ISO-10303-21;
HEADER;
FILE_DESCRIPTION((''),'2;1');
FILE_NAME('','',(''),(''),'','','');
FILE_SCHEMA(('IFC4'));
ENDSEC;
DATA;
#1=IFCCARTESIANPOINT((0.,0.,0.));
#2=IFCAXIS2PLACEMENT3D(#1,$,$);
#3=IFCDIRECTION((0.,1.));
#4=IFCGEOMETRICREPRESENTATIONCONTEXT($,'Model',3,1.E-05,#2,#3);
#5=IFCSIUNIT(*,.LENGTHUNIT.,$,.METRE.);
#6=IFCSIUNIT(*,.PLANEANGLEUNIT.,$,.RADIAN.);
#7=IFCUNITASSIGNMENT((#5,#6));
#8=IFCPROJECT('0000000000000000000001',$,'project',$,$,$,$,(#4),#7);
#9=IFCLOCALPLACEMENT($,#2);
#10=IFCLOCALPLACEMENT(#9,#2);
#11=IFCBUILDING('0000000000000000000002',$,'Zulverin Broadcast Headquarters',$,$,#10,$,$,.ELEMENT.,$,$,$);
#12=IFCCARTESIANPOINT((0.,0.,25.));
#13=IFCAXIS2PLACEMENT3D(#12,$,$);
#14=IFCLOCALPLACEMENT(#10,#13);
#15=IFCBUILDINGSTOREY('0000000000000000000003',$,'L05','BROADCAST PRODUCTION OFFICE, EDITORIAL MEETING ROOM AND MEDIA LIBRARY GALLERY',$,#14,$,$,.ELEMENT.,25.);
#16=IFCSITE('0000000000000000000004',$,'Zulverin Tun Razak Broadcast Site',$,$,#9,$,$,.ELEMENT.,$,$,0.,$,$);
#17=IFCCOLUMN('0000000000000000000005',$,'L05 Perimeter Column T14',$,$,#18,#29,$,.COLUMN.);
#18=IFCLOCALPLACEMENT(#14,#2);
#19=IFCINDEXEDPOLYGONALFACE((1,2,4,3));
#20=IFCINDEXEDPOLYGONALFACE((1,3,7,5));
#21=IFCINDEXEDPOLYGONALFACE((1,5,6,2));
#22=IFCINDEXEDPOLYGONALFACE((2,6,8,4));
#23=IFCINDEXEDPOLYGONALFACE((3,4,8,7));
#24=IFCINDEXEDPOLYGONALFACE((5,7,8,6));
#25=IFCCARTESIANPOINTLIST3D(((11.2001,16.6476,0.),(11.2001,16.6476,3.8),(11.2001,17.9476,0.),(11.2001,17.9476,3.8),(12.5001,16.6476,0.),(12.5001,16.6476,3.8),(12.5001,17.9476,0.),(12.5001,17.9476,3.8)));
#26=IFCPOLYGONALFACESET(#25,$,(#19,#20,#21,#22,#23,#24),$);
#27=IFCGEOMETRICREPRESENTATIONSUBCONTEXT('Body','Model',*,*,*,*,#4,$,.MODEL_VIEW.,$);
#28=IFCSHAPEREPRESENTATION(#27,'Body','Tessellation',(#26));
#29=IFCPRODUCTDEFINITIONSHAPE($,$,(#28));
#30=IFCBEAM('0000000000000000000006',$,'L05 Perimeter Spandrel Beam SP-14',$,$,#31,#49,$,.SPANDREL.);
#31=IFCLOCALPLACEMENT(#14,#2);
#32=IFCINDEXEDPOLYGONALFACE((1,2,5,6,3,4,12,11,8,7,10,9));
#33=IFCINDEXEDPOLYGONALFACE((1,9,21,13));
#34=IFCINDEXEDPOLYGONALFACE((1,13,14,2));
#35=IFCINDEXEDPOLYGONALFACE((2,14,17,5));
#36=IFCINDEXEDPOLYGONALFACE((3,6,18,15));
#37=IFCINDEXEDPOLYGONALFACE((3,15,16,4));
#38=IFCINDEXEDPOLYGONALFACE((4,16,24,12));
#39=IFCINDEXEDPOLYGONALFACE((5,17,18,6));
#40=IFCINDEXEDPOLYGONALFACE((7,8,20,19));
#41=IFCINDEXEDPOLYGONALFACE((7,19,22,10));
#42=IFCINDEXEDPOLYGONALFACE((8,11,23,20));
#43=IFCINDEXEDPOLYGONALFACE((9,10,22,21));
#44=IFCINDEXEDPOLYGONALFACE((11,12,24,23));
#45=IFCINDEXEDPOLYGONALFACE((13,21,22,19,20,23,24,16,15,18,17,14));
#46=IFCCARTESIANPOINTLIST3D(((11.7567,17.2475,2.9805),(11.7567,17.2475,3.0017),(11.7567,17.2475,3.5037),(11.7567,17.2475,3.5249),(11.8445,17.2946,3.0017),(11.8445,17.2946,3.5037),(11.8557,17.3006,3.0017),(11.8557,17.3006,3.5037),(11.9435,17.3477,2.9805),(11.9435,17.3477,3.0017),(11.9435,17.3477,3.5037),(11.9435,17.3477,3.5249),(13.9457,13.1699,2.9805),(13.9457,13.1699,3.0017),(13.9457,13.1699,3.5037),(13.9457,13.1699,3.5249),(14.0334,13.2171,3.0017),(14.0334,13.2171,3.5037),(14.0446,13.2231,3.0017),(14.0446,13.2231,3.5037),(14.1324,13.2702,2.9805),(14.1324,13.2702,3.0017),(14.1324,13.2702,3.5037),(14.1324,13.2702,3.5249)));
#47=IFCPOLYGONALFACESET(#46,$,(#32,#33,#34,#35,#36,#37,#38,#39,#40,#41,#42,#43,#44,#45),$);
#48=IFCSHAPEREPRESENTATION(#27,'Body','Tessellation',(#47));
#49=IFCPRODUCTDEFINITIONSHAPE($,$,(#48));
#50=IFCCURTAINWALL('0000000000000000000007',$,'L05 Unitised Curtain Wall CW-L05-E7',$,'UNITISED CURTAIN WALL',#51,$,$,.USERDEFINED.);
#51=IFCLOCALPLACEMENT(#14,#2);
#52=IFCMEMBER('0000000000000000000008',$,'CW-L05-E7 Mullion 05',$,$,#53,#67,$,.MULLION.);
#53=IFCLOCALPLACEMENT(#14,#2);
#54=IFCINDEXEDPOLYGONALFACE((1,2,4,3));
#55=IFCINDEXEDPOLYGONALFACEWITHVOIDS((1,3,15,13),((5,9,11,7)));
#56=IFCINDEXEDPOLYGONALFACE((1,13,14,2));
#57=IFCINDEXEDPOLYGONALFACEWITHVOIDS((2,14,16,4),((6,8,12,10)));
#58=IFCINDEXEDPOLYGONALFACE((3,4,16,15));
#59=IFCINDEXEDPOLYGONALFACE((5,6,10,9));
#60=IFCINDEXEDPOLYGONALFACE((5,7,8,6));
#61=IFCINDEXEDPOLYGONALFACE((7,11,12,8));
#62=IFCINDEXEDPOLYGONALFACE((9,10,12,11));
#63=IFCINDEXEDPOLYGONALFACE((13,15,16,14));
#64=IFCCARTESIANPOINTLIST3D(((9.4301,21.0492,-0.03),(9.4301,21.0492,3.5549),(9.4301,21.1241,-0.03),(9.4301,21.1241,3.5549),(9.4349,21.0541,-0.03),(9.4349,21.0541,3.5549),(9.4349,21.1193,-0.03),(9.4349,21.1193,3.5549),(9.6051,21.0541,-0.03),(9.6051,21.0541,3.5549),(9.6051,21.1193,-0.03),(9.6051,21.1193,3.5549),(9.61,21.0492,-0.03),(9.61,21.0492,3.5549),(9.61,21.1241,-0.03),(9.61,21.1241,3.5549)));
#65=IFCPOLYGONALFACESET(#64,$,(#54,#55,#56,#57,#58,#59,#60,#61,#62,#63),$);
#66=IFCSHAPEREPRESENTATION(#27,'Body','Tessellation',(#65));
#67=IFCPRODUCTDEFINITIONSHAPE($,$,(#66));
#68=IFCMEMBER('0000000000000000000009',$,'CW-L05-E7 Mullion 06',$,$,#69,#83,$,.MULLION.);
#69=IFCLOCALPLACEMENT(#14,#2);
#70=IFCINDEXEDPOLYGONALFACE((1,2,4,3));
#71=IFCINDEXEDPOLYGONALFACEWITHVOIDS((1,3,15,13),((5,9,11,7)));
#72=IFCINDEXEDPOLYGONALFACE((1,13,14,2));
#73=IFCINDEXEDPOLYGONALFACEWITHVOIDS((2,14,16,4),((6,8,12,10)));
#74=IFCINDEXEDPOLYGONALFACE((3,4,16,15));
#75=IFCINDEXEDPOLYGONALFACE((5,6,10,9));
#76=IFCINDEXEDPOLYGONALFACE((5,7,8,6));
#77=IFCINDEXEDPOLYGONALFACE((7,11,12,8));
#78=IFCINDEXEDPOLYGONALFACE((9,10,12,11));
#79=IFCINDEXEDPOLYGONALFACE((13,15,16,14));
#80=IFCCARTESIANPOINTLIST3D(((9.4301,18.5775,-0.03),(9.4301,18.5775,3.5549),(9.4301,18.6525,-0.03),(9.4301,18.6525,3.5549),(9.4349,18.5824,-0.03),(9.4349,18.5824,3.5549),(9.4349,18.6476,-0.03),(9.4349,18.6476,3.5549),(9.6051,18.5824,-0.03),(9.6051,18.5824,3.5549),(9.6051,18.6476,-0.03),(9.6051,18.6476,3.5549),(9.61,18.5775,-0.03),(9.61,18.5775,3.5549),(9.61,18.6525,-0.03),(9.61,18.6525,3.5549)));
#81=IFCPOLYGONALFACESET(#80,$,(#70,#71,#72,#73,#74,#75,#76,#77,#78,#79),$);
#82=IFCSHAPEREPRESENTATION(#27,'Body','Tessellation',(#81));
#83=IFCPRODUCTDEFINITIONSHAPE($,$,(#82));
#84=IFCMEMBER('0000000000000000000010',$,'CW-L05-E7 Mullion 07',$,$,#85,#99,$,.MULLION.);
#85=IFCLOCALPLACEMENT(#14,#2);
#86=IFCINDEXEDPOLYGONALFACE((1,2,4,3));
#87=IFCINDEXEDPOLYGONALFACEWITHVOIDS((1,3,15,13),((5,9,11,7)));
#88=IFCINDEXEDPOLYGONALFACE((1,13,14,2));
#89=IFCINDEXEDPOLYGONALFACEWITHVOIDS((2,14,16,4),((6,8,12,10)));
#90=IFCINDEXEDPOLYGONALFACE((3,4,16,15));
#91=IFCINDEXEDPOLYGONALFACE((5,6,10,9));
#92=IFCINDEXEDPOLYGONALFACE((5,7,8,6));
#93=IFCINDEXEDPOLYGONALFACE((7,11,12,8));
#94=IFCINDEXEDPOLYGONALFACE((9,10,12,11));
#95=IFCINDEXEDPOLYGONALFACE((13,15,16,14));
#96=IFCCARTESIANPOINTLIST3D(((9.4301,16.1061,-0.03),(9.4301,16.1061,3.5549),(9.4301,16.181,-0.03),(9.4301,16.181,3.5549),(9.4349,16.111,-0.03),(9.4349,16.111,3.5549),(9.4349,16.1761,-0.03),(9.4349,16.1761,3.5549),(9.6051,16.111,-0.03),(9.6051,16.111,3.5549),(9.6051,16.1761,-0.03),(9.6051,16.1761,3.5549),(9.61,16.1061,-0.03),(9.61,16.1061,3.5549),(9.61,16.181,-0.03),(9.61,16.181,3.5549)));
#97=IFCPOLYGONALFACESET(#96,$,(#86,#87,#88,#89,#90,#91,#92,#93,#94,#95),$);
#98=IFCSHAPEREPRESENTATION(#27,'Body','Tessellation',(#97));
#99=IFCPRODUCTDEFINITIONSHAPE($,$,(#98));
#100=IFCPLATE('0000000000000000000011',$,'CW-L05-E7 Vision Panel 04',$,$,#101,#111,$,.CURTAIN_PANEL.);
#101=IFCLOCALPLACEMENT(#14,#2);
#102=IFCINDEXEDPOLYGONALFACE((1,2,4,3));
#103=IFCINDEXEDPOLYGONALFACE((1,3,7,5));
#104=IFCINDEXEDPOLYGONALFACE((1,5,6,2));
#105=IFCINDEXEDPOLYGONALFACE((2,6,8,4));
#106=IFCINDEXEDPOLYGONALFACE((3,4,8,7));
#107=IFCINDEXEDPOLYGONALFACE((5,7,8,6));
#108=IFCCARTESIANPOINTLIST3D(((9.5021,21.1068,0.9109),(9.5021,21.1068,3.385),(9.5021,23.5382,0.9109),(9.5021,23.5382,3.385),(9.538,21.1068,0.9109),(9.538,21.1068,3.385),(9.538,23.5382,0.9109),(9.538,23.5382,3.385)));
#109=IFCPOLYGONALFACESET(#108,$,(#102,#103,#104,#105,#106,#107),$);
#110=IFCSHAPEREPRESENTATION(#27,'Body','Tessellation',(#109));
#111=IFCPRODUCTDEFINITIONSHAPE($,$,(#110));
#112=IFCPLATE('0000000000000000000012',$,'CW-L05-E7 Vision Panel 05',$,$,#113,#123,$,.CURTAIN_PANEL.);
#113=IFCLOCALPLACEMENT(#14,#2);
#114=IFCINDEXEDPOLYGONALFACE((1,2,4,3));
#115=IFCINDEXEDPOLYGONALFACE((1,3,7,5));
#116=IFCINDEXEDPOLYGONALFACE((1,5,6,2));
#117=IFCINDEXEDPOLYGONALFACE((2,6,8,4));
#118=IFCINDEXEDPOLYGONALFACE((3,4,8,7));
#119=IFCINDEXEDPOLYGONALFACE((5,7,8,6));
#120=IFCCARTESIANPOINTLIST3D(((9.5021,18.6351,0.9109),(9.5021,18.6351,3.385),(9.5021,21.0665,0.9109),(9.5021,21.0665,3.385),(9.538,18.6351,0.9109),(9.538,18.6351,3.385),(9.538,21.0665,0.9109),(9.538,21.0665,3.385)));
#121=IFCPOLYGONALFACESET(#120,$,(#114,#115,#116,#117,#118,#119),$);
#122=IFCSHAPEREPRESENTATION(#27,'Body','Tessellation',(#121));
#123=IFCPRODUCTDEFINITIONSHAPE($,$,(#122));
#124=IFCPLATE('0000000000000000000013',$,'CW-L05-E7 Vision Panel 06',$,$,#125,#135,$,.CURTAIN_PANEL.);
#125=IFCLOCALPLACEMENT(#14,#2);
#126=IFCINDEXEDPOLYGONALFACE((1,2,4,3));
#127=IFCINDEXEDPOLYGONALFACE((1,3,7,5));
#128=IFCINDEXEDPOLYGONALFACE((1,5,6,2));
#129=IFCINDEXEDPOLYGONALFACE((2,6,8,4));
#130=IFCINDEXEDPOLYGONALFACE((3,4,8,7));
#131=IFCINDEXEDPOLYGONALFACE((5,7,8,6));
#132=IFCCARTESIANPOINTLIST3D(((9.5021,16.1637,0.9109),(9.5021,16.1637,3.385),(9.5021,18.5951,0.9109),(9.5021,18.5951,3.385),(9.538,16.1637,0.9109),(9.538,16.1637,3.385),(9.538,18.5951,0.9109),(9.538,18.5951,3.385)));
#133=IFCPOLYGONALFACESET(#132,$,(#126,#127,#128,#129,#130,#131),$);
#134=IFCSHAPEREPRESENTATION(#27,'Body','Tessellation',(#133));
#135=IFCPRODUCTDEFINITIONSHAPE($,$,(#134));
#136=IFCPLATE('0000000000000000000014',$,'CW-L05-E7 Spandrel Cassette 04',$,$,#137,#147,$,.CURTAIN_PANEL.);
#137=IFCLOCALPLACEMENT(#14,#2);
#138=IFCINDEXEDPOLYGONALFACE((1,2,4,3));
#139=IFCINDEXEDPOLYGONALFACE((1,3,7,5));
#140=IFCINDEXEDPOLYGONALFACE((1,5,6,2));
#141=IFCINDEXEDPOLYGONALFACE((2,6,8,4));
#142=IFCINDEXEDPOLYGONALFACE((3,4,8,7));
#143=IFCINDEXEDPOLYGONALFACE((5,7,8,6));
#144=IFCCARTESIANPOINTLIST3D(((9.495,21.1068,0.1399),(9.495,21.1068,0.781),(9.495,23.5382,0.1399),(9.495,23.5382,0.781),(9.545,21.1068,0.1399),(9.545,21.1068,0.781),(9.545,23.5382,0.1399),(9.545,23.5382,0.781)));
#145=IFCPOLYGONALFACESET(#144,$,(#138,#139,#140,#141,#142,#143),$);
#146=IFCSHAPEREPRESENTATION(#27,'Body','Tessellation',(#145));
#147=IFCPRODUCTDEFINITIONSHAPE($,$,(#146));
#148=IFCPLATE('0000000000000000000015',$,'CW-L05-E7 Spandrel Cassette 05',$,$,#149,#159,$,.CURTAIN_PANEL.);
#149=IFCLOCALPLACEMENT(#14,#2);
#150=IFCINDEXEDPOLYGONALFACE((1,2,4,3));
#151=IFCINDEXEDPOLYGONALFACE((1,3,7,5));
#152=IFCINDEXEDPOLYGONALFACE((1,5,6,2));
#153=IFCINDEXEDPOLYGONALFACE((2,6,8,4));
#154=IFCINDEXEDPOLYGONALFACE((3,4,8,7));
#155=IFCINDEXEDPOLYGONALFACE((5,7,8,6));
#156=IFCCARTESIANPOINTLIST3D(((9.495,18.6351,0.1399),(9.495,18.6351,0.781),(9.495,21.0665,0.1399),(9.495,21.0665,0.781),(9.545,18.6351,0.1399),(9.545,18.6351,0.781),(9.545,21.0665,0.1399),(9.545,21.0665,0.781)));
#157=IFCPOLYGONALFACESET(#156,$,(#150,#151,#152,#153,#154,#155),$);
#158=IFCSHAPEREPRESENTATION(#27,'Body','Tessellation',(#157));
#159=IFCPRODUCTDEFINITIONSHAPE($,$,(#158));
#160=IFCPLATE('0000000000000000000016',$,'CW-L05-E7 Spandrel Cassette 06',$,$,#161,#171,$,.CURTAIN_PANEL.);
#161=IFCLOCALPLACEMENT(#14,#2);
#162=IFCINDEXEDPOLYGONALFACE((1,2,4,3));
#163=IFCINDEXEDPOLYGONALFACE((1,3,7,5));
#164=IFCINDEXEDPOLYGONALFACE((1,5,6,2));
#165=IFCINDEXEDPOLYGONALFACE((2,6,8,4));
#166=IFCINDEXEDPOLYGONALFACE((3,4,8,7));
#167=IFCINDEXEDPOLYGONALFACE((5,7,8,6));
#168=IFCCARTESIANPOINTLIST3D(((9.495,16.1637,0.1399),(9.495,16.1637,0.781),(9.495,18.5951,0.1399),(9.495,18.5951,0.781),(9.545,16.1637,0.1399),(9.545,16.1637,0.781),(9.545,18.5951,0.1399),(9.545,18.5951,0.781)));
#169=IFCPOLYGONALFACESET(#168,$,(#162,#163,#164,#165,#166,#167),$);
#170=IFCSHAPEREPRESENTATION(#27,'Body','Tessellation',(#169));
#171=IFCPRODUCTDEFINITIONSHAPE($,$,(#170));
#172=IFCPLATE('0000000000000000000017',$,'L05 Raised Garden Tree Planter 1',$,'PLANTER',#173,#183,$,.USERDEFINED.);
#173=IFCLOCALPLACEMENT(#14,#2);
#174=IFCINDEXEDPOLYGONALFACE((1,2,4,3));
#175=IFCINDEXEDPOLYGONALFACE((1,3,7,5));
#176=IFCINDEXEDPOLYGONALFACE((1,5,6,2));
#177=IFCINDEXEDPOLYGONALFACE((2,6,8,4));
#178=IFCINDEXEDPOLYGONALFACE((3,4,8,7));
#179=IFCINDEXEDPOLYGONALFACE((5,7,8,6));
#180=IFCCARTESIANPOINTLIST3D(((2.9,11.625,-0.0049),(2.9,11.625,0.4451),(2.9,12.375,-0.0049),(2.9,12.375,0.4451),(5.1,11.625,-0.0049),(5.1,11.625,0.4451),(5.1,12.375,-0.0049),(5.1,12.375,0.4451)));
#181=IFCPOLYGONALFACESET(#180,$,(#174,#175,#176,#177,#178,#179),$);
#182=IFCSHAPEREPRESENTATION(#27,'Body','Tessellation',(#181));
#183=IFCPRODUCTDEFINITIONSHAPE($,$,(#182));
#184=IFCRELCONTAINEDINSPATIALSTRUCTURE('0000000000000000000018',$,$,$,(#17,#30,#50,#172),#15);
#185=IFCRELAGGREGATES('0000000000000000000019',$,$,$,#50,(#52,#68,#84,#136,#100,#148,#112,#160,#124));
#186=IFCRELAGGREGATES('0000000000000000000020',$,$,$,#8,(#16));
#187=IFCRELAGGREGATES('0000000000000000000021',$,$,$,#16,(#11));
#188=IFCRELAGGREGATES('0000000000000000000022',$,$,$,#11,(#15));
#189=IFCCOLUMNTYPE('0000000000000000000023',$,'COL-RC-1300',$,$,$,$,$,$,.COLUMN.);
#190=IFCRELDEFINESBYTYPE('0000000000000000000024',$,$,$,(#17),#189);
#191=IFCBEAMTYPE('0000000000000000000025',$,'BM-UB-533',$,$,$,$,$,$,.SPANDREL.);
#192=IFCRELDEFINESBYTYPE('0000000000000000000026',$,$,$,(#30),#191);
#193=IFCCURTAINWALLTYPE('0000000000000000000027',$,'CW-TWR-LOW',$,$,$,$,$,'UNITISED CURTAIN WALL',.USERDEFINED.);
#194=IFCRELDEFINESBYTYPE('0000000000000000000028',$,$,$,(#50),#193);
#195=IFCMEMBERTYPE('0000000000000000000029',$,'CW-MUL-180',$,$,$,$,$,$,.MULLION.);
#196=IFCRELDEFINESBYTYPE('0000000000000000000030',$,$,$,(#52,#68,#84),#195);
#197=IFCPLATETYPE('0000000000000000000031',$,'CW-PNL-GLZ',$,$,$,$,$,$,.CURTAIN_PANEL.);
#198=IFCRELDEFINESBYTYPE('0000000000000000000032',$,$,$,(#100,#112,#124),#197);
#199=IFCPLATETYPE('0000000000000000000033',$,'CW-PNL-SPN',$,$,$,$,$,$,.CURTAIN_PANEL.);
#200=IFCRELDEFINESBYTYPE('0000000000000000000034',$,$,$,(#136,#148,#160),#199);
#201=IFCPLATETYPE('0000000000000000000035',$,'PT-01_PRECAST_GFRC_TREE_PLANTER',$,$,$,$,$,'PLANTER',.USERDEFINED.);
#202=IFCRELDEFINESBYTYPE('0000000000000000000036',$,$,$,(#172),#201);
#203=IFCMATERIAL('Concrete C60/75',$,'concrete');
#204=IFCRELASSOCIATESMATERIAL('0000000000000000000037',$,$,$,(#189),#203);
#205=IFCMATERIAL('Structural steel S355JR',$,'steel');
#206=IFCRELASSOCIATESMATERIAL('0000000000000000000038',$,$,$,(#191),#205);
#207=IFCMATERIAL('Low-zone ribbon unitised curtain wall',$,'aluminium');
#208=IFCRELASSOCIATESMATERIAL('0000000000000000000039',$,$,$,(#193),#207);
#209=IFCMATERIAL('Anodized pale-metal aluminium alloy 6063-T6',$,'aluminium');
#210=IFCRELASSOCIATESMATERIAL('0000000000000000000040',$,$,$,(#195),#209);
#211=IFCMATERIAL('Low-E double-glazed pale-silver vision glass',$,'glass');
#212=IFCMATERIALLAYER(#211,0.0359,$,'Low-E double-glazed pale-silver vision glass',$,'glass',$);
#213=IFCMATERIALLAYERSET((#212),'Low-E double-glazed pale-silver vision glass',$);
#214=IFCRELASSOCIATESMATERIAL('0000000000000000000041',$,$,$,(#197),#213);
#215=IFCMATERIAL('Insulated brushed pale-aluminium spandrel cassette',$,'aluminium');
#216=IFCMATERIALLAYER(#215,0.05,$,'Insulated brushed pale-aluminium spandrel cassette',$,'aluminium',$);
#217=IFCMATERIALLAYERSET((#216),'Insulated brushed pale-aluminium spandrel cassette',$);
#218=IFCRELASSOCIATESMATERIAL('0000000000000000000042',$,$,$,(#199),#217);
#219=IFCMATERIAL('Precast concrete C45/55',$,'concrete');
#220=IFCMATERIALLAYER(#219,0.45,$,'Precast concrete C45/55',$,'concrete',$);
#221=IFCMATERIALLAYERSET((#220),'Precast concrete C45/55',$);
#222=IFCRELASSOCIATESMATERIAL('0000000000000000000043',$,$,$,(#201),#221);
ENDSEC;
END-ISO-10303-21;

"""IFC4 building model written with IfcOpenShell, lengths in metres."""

from ifc_helpers import new_model, si_unit, direction, frame, origin, origin_2d, place, context, subcontext, project, spatial, rectangle, hollow_rectangle, i_section, extrude, material, layer, layer_set, material_profile, profile_set, type_object, element, aggregate, save


model = new_model("IFC4")

# Units and contexts
model_context = context("Model", 3, precision=1e-05, world=origin(), true_north=direction((0.0, 1.0)))
body_context = subcontext(model_context, "Body", "Model", "MODEL_VIEW")
ifc_project = project(units=[si_unit("LENGTHUNIT", "METRE"), si_unit("PLANEANGLEUNIT", "RADIAN")], contexts=[model_context])

# Site, building, storey
site_placement = place(None, origin())
site = spatial("IfcSite", under=ifc_project, at=site_placement, Name="Zulverin Tun Razak Broadcast Site", CompositionType="ELEMENT", RefElevation=0.0)
building_placement = place(site_placement, origin())
building = spatial("IfcBuilding", under=site, at=building_placement, Name="Zulverin Broadcast Headquarters", CompositionType="ELEMENT")
storey_placement = place(building_placement, frame((0.0, 0.0, 25.0)))
storey = spatial("IfcBuildingStorey", under=building, at=storey_placement, Name="L05", Description="BROADCAST PRODUCTION OFFICE, EDITORIAL MEETING ROOM AND MEDIA LIBRARY GALLERY", CompositionType="ELEMENT", Elevation=25.0)

# Column
ifc_material_1 = material(Name="Concrete C60/75", Category="concrete")
ifc_material_profile_1 = material_profile(ifc_material_1, rectangle(XDim=1.3, YDim=1.3, at=origin_2d()), Name="Concrete C60/75", Category="concrete")
ifc_profile_set_1 = profile_set([ifc_material_profile_1], Name="Concrete C60/75")
column_type = type_object("IfcColumnType", Name="COL-RC-1300", PredefinedType="COLUMN", material=ifc_profile_set_1)
column_placement = place(storey_placement, frame((11.8501, 17.2976, 0.0), z_axis=(0.0, 0.0, 1.0), x_axis=(1.0, 0.0, 0.0)))
element("IfcColumn", 1, at=column_placement, inside=storey, type_object=column_type, Name="L05 Perimeter Column T14", PredefinedType="COLUMN", context=body_context, shape_type="SweptSolid", body=[
    extrude(rectangle(XDim=1.3, YDim=1.3, at=origin_2d()), origin(), (0.0, 0.0, 1.0), 3.8),
])

# Beam
ifc_material_2 = material(Name="Structural steel S355JR", Category="steel")
ifc_material_profile_2 = material_profile(ifc_material_2, i_section(OverallWidth=0.2119, OverallDepth=0.5444, WebThickness=0.0127, FlangeThickness=0.0212, at=origin_2d()), Name="Structural steel S355JR", Category="steel")
ifc_profile_set_2 = profile_set([ifc_material_profile_2], Name="Structural steel S355JR")
beam_type = type_object("IfcBeamType", Name="BM-UB-533", PredefinedType="SPANDREL", material=ifc_profile_set_2)
beam_placement = place(storey_placement, frame((11.8501, 17.2976, 3.2527), z_axis=(0.47298, -0.881073, 0.0), x_axis=(0.881073, 0.47298, 0.0)))
element("IfcBeam", 2, at=beam_placement, inside=storey, type_object=beam_type, Name="L05 Perimeter Spandrel Beam SP-14", PredefinedType="SPANDREL", context=body_context, shape_type="SweptSolid", body=[
    extrude(i_section(OverallWidth=0.2119, OverallDepth=0.5444, WebThickness=0.0127, FlangeThickness=0.0212, at=origin_2d()), origin(), (0.0, 0.0, 1.0), 4.6279),
])

# Curtain wall, members, plates
ifc_material_3 = material(Name="Low-zone ribbon unitised curtain wall", Category="aluminium")
curtain_wall_type = type_object("IfcCurtainWallType", Name="CW-TWR-LOW", ElementType="UNITISED CURTAIN WALL", PredefinedType="USERDEFINED", material=ifc_material_3)
curtain_wall_placement = place(storey_placement, origin())
curtain_wall = element("IfcCurtainWall", 3, at=curtain_wall_placement, inside=storey, type_object=curtain_wall_type, Name="L05 Unitised Curtain Wall CW-L05-E7", ObjectType="UNITISED CURTAIN WALL", PredefinedType="USERDEFINED")
ifc_material_4 = material(Name="Anodized pale-metal aluminium alloy 6063-T6", Category="aluminium")
ifc_material_profile_3 = material_profile(ifc_material_4, hollow_rectangle(XDim=0.075, YDim=0.1799, WallThickness=0.0049, at=origin_2d()), Name="Anodized pale-metal aluminium alloy 6063-T6", Category="aluminium")
ifc_profile_set_3 = profile_set([ifc_material_profile_3], Name="Anodized pale-metal aluminium alloy 6063-T6")
member_type = type_object("IfcMemberType", Name="CW-MUL-180", PredefinedType="MULLION", material=ifc_profile_set_3)
member_1_placement = place(storey_placement, frame((9.52, 21.0867, -0.03), z_axis=(0.0, 0.0, 1.0), x_axis=(0.0, -1.0, 0.0)))
member_1 = element("IfcMember", 4, at=member_1_placement, type_object=member_type, Name="CW-L05-E7 Mullion 05", PredefinedType="MULLION", context=body_context, shape_type="SweptSolid", body=[
    extrude(hollow_rectangle(XDim=0.075, YDim=0.1799, WallThickness=0.0049, at=origin_2d()), origin(), (0.0, 0.0, 1.0), 3.585),
])
member_2_placement = place(storey_placement, frame((9.52, 18.615, -0.03), z_axis=(0.0, 0.0, 1.0), x_axis=(0.0, -1.0, 0.0)))
member_2 = element("IfcMember", 5, at=member_2_placement, type_object=member_type, Name="CW-L05-E7 Mullion 06", PredefinedType="MULLION", context=body_context, shape_type="SweptSolid", body=[
    extrude(hollow_rectangle(XDim=0.075, YDim=0.1799, WallThickness=0.0049, at=origin_2d()), origin(), (0.0, 0.0, 1.0), 3.585),
])
member_3_placement = place(storey_placement, frame((9.52, 16.1436, -0.03), z_axis=(0.0, 0.0, 1.0), x_axis=(0.0, -1.0, 0.0)))
member_3 = element("IfcMember", 6, at=member_3_placement, type_object=member_type, Name="CW-L05-E7 Mullion 07", PredefinedType="MULLION", context=body_context, shape_type="SweptSolid", body=[
    extrude(hollow_rectangle(XDim=0.075, YDim=0.1799, WallThickness=0.0049, at=origin_2d()), origin(), (0.0, 0.0, 1.0), 3.585),
])
ifc_material_5 = material(Name="Low-E double-glazed pale-silver vision glass", Category="glass")
ifc_layer_1 = layer(ifc_material_5, 0.0359, Name="Low-E double-glazed pale-silver vision glass", Category="glass")
ifc_layer_set_1 = layer_set([ifc_layer_1], Name="Low-E double-glazed pale-silver vision glass")
plate_type_1 = type_object("IfcPlateType", Name="CW-PNL-GLZ", PredefinedType="CURTAIN_PANEL", material=ifc_layer_set_1)
plate_1_placement = place(storey_placement, frame((9.52, 22.3225, 0.9109), z_axis=(0.0, 0.0, 1.0), x_axis=(0.0, -1.0, 0.0)))
plate_1 = element("IfcPlate", 7, at=plate_1_placement, type_object=plate_type_1, Name="CW-L05-E7 Vision Panel 04", PredefinedType="CURTAIN_PANEL", context=body_context, shape_type="SweptSolid", body=[
    extrude(rectangle(XDim=2.4314, YDim=0.0359, at=origin_2d()), origin(), (0.0, 0.0, 1.0), 2.4741),
])
plate_2_placement = place(storey_placement, frame((9.52, 19.8508, 0.9109), z_axis=(0.0, 0.0, 1.0), x_axis=(0.0, -1.0, 0.0)))
plate_2 = element("IfcPlate", 8, at=plate_2_placement, type_object=plate_type_1, Name="CW-L05-E7 Vision Panel 05", PredefinedType="CURTAIN_PANEL", context=body_context, shape_type="SweptSolid", body=[
    extrude(rectangle(XDim=2.4314, YDim=0.0359, at=origin_2d()), origin(), (0.0, 0.0, 1.0), 2.4741),
])
plate_3_placement = place(storey_placement, frame((9.52, 17.3794, 0.9109), z_axis=(0.0, 0.0, 1.0), x_axis=(0.0, -1.0, 0.0)))
plate_3 = element("IfcPlate", 9, at=plate_3_placement, type_object=plate_type_1, Name="CW-L05-E7 Vision Panel 06", PredefinedType="CURTAIN_PANEL", context=body_context, shape_type="SweptSolid", body=[
    extrude(rectangle(XDim=2.4314, YDim=0.0359, at=origin_2d()), origin(), (0.0, 0.0, 1.0), 2.4741),
])
ifc_material_6 = material(Name="Insulated brushed pale-aluminium spandrel cassette", Category="aluminium")
ifc_layer_2 = layer(ifc_material_6, 0.05, Name="Insulated brushed pale-aluminium spandrel cassette", Category="aluminium")
ifc_layer_set_2 = layer_set([ifc_layer_2], Name="Insulated brushed pale-aluminium spandrel cassette")
plate_type_2 = type_object("IfcPlateType", Name="CW-PNL-SPN", PredefinedType="CURTAIN_PANEL", material=ifc_layer_set_2)
plate_4_placement = place(storey_placement, frame((9.52, 22.3225, 0.1399), z_axis=(0.0, 0.0, 1.0), x_axis=(0.0, -1.0, 0.0)))
plate_4 = element("IfcPlate", 10, at=plate_4_placement, type_object=plate_type_2, Name="CW-L05-E7 Spandrel Cassette 04", PredefinedType="CURTAIN_PANEL", context=body_context, shape_type="SweptSolid", body=[
    extrude(rectangle(XDim=2.4314, YDim=0.05, at=origin_2d()), origin(), (0.0, 0.0, 1.0), 0.6411),
])
plate_5_placement = place(storey_placement, frame((9.52, 19.8508, 0.1399), z_axis=(0.0, 0.0, 1.0), x_axis=(0.0, -1.0, 0.0)))
plate_5 = element("IfcPlate", 11, at=plate_5_placement, type_object=plate_type_2, Name="CW-L05-E7 Spandrel Cassette 05", PredefinedType="CURTAIN_PANEL", context=body_context, shape_type="SweptSolid", body=[
    extrude(rectangle(XDim=2.4314, YDim=0.05, at=origin_2d()), origin(), (0.0, 0.0, 1.0), 0.6411),
])
plate_6_placement = place(storey_placement, frame((9.52, 17.3794, 0.1399), z_axis=(0.0, 0.0, 1.0), x_axis=(0.0, -1.0, 0.0)))
plate_6 = element("IfcPlate", 12, at=plate_6_placement, type_object=plate_type_2, Name="CW-L05-E7 Spandrel Cassette 06", PredefinedType="CURTAIN_PANEL", context=body_context, shape_type="SweptSolid", body=[
    extrude(rectangle(XDim=2.4314, YDim=0.05, at=origin_2d()), origin(), (0.0, 0.0, 1.0), 0.6411),
])
aggregate(curtain_wall, [member_1, member_2, member_3, plate_4, plate_1, plate_5, plate_2, plate_6, plate_3])

# Plate
ifc_material_7 = material(Name="Precast concrete C45/55", Category="concrete")
ifc_layer_3 = layer(ifc_material_7, 0.45, Name="Precast concrete C45/55", Category="concrete")
ifc_layer_set_3 = layer_set([ifc_layer_3], Name="Precast concrete C45/55")
plate_type_3 = type_object("IfcPlateType", Name="PT-01_PRECAST_GFRC_TREE_PLANTER", ElementType="PLANTER", PredefinedType="USERDEFINED", material=ifc_layer_set_3)
plate_7_placement = place(storey_placement, frame((4.0, 12.0, -0.0049), z_axis=(0.0, 0.0, 1.0), x_axis=(1.0, 0.0, 0.0)))
element("IfcPlate", 13, at=plate_7_placement, inside=storey, type_object=plate_type_3, Name="L05 Raised Garden Tree Planter 1", ObjectType="PLANTER", PredefinedType="USERDEFINED", context=body_context, shape_type="SweptSolid", body=[
    extrude(rectangle(XDim=2.2, YDim=0.75, at=origin_2d()), origin(), (0.0, 0.0, 1.0), 0.45),
])

save(model, "model.ifc")
